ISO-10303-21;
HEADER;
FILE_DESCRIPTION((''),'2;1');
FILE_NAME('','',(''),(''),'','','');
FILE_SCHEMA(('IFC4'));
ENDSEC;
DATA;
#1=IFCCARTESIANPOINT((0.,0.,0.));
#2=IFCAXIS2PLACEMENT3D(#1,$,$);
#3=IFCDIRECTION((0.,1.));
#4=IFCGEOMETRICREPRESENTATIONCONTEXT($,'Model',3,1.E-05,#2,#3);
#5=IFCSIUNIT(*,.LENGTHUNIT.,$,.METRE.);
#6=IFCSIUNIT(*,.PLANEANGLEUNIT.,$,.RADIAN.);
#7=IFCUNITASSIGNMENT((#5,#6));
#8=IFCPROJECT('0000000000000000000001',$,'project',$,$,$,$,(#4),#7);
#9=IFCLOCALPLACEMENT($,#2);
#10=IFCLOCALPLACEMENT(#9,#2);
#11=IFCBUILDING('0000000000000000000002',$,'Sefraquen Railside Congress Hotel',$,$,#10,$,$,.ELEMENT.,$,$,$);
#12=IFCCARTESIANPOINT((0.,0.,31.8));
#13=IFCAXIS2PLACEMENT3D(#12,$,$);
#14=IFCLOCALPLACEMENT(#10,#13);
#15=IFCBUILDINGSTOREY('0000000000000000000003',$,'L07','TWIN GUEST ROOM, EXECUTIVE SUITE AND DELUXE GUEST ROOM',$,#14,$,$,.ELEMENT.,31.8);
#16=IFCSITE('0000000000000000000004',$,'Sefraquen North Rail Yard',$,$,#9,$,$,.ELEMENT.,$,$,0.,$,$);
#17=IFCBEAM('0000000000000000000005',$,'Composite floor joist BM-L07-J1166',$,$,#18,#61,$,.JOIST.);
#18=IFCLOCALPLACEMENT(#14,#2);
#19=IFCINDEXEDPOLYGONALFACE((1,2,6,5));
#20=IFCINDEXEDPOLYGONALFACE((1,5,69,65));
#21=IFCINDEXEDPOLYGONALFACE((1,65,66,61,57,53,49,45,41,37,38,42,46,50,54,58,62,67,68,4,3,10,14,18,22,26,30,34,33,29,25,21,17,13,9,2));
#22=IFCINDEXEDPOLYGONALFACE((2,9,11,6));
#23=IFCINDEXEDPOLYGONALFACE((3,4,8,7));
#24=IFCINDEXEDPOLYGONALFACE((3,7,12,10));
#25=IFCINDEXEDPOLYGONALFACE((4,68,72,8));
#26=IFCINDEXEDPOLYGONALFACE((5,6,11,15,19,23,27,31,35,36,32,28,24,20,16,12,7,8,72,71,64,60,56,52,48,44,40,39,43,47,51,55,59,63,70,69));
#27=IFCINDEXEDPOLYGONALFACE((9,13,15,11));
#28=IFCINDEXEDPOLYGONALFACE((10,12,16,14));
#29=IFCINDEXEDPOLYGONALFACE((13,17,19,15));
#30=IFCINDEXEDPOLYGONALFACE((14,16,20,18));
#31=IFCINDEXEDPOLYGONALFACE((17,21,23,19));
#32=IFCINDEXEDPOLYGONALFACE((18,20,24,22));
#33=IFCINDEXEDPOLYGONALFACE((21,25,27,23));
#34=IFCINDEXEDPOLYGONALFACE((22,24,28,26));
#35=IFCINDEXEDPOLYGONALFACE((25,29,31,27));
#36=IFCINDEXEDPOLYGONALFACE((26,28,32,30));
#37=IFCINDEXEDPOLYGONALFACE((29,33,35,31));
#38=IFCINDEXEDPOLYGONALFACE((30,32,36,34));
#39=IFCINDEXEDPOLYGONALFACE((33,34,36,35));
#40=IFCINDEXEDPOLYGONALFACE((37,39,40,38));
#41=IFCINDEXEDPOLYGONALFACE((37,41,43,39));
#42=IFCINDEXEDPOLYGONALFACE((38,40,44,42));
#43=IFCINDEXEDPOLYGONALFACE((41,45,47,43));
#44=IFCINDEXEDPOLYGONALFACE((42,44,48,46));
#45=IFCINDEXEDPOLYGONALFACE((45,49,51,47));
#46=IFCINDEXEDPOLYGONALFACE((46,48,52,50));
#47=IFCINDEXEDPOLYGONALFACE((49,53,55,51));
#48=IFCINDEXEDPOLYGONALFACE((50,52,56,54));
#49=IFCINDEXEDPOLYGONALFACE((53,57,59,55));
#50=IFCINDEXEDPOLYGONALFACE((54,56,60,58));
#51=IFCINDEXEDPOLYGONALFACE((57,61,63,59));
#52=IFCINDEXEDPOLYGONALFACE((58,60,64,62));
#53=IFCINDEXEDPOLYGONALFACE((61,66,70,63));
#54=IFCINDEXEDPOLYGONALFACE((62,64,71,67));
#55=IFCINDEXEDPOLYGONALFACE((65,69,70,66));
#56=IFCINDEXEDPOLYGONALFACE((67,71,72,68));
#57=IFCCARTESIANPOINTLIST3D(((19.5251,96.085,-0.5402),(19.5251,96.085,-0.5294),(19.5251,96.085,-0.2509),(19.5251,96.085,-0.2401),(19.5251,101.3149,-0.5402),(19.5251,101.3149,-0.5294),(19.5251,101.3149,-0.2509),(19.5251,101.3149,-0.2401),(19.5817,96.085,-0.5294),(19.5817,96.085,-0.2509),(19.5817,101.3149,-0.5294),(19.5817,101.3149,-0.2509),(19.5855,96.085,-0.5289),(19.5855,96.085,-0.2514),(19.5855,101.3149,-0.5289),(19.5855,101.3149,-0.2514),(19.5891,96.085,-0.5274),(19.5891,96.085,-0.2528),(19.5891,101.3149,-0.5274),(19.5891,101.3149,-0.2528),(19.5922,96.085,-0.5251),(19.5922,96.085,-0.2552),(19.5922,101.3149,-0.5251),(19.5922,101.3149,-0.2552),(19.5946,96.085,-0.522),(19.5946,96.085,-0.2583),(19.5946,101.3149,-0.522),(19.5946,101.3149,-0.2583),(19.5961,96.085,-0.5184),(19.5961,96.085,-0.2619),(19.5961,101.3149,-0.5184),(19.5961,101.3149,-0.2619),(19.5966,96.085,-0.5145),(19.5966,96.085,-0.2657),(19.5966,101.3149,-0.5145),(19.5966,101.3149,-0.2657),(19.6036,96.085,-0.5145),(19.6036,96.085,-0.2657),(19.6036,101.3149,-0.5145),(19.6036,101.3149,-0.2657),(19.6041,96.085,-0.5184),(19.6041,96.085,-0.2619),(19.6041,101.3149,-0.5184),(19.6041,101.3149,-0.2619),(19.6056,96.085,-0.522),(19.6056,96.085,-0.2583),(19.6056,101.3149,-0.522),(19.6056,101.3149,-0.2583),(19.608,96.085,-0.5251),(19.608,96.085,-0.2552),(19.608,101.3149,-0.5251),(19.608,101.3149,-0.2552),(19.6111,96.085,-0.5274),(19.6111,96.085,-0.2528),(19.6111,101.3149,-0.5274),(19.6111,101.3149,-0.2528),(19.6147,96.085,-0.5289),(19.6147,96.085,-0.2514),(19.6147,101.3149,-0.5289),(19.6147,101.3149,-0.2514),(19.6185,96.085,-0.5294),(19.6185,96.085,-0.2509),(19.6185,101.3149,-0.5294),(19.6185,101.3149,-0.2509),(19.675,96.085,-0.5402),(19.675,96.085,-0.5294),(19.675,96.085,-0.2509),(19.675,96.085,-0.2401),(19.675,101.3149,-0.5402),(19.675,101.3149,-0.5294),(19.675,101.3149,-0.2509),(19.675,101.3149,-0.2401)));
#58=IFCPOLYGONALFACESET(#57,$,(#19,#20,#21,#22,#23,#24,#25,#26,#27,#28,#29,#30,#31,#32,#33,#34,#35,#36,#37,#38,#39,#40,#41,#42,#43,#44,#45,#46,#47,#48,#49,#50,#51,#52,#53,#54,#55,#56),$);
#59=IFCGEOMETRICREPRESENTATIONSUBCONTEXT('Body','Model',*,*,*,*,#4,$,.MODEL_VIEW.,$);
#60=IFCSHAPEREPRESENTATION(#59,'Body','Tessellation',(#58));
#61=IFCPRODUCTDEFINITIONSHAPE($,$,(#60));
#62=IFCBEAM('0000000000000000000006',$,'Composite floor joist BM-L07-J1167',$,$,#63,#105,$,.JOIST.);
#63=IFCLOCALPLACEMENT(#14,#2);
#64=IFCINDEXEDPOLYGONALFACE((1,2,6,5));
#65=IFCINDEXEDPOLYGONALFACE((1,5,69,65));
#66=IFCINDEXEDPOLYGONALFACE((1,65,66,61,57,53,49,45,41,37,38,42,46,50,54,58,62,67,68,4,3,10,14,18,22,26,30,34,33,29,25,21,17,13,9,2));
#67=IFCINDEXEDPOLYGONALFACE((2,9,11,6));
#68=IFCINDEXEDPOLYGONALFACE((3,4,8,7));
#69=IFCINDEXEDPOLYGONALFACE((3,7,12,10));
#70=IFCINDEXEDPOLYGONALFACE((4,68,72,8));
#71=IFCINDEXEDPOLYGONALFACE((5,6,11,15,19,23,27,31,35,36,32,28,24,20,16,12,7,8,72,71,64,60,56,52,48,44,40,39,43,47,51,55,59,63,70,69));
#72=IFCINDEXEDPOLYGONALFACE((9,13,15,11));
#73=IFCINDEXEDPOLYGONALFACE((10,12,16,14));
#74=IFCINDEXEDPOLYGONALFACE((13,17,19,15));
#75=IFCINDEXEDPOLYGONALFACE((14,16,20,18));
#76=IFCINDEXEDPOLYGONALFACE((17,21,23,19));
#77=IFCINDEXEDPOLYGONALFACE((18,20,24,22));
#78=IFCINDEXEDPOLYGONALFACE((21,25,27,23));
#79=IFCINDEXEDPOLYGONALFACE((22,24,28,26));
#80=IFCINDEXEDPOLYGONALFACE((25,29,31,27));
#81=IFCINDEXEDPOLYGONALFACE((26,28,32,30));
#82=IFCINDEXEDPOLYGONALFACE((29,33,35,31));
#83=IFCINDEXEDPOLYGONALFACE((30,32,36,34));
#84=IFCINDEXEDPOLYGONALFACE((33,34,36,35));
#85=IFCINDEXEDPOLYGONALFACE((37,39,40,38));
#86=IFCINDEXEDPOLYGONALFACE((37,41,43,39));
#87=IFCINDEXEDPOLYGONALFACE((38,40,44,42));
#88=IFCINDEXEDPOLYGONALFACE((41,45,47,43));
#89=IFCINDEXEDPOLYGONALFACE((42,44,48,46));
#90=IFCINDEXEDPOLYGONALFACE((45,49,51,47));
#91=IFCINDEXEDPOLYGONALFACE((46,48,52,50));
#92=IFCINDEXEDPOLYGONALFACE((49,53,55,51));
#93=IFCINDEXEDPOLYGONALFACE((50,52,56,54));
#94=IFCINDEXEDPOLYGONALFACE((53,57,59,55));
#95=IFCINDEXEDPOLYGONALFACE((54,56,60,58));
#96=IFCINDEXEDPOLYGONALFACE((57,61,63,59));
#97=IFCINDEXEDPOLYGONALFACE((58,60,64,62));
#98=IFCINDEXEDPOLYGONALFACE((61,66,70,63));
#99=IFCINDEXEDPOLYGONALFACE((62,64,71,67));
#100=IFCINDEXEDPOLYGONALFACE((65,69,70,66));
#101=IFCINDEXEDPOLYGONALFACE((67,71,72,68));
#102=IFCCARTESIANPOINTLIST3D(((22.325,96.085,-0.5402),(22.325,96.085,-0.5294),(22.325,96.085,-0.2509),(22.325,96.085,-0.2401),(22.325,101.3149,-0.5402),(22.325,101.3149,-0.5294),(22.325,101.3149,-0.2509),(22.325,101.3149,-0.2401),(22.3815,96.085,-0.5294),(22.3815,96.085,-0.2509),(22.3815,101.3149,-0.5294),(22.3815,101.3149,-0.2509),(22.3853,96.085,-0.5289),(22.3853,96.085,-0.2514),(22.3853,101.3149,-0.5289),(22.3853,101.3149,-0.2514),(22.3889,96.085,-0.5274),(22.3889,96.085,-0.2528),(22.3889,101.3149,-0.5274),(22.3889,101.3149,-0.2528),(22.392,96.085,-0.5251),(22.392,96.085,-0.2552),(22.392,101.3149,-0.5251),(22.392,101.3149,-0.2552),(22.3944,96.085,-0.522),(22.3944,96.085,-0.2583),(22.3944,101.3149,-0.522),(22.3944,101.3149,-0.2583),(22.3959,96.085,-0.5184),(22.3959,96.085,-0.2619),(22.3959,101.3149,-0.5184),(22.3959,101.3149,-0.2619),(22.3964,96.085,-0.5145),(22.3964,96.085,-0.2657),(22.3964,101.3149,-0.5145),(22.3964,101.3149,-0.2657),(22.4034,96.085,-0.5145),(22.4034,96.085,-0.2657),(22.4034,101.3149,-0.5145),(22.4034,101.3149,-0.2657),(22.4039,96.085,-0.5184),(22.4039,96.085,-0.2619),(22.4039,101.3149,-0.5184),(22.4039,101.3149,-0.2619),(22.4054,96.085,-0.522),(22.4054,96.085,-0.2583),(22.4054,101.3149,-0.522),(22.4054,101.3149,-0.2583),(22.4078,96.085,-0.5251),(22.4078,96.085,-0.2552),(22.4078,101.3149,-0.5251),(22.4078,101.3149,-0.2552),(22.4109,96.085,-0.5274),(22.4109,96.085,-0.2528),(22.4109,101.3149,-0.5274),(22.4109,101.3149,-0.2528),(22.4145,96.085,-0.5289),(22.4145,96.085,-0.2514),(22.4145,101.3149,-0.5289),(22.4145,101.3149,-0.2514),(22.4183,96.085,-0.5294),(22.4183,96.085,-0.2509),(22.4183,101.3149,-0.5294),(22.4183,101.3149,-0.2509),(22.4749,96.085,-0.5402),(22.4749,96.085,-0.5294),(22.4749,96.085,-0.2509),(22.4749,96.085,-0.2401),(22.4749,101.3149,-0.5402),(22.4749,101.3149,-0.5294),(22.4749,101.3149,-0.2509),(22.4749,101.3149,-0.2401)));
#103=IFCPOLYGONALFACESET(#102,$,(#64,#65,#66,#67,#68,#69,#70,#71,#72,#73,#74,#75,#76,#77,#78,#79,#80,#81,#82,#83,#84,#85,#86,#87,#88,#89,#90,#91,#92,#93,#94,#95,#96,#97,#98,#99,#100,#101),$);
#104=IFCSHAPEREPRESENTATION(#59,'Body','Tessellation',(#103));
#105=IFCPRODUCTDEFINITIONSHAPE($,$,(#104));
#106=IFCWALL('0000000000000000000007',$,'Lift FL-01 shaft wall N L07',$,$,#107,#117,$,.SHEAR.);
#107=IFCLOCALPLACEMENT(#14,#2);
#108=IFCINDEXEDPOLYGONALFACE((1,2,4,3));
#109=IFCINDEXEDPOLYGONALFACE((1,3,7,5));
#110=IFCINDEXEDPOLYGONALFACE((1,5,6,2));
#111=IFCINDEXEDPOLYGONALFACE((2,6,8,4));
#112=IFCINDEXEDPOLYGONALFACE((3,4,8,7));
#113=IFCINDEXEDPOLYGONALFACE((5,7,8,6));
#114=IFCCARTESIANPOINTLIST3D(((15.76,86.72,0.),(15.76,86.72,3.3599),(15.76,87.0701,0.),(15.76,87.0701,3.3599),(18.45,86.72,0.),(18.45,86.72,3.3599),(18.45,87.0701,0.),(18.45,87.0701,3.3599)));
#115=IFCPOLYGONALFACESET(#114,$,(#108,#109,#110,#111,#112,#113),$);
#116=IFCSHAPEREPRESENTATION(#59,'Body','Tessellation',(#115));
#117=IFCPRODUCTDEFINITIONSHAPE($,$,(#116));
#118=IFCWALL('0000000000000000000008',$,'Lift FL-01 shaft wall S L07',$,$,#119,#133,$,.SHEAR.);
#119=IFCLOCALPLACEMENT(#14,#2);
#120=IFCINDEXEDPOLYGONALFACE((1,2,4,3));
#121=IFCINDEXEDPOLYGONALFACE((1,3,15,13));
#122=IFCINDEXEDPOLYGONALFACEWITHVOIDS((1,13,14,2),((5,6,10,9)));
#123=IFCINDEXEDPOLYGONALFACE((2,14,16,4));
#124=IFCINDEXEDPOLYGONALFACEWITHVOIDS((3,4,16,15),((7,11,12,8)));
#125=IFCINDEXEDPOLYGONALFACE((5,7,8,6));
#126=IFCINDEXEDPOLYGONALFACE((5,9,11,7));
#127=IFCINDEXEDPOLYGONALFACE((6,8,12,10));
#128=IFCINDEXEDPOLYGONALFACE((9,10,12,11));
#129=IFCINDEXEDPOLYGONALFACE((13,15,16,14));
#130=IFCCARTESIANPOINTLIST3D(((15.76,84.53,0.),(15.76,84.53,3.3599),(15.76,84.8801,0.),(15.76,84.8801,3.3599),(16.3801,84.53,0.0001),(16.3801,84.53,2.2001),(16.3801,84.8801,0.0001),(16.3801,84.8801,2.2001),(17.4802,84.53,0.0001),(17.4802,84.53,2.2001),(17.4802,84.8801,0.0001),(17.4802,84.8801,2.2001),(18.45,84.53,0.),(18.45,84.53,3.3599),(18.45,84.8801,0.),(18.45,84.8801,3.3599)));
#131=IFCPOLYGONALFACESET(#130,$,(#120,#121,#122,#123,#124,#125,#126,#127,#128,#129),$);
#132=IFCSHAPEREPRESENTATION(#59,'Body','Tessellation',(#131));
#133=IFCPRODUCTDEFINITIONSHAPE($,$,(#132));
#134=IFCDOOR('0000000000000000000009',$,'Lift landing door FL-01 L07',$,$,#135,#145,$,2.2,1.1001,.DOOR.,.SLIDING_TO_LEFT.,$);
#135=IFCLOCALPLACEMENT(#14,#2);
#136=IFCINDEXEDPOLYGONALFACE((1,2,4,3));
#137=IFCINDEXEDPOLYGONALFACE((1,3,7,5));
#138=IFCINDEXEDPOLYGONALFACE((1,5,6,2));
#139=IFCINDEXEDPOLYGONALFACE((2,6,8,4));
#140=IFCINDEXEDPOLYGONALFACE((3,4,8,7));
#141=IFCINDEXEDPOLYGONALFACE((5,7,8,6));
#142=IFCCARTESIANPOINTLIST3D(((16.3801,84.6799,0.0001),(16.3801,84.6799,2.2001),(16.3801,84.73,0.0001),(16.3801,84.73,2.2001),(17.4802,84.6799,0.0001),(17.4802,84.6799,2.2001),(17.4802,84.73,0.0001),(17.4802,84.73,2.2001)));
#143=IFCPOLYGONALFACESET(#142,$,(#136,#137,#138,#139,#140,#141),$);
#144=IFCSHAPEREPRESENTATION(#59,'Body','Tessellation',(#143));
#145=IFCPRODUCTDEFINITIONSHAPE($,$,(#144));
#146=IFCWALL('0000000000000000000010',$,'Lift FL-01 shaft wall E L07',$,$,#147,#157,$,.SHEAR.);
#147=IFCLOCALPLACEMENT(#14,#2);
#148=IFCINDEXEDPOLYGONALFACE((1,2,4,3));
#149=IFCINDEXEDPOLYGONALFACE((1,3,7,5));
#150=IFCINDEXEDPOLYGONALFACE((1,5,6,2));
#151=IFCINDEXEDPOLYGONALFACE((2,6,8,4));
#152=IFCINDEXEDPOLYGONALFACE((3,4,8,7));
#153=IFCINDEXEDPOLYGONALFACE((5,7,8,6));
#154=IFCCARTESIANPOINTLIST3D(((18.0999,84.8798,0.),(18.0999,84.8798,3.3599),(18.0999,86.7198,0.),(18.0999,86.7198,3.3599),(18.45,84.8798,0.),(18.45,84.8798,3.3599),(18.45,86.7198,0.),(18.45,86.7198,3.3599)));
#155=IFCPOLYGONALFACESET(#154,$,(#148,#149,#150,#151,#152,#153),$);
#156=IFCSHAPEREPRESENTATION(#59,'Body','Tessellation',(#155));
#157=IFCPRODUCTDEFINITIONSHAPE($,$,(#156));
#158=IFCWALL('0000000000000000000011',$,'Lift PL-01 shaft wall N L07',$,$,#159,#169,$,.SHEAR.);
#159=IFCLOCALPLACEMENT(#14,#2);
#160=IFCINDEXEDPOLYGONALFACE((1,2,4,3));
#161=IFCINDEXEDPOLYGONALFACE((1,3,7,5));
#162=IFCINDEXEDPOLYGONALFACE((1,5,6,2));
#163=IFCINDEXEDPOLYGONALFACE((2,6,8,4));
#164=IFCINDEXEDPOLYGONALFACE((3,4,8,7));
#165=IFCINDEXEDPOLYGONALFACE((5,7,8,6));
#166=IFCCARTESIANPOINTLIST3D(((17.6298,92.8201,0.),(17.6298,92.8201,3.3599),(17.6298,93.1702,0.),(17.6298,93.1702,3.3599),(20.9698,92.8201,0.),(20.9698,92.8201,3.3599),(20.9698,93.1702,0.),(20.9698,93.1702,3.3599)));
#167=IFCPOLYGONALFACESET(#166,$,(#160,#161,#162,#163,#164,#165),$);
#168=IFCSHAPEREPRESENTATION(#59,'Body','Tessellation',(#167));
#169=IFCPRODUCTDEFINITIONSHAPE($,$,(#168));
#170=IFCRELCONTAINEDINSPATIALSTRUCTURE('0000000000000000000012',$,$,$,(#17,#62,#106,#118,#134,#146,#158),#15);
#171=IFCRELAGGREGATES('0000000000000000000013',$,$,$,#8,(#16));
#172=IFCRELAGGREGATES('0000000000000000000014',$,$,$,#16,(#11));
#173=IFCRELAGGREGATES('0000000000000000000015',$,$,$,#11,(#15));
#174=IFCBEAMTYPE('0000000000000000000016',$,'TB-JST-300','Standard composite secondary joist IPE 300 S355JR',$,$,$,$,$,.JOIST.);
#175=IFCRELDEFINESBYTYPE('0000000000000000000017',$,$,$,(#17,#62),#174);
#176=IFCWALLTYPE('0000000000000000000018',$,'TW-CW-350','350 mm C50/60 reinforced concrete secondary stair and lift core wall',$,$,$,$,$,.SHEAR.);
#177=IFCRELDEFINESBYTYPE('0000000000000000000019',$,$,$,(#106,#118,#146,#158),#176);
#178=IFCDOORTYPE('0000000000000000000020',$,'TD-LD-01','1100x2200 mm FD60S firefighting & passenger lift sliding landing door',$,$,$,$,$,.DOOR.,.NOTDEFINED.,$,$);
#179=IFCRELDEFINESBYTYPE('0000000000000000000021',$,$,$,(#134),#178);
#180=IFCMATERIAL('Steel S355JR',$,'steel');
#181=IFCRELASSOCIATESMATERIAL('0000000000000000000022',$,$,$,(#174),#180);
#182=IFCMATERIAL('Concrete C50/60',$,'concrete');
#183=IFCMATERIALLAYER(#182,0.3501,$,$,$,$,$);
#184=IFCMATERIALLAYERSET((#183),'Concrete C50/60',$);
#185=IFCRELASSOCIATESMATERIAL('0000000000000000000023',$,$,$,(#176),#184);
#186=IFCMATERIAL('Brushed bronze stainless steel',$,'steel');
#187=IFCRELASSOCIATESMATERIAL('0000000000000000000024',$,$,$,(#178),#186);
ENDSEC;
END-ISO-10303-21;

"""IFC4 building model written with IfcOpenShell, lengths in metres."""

from ifc_helpers import new_model, si_unit, direction, frame, frame_2d, origin, origin_2d, place, context, subcontext, project, spatial, rectangle, i_section, extrude, material, layer, layer_set, material_profile, profile_set, type_object, element, fill, save


model = new_model("IFC4")

# Units and contexts
model_context = context("Model", 3, precision=1e-05, world=origin(), true_north=direction((0.0, 1.0)))
body_context = subcontext(model_context, "Body", "Model", "MODEL_VIEW")
ifc_project = project(units=[si_unit("LENGTHUNIT", "METRE"), si_unit("PLANEANGLEUNIT", "RADIAN")], contexts=[model_context])

# Site, building, storey
site_placement = place(None, origin())
site = spatial("IfcSite", under=ifc_project, at=site_placement, Name="Sefraquen North Rail Yard", CompositionType="ELEMENT", RefElevation=0.0)
building_placement = place(site_placement, origin())
building = spatial("IfcBuilding", under=site, at=building_placement, Name="Sefraquen Railside Congress Hotel", CompositionType="ELEMENT")
storey_placement = place(building_placement, frame((0.0, 0.0, 31.8)))
storey = spatial("IfcBuildingStorey", under=building, at=storey_placement, Name="L07", Description="TWIN GUEST ROOM, EXECUTIVE SUITE AND DELUXE GUEST ROOM", CompositionType="ELEMENT", Elevation=31.8)

# Shared definitions
ifc_material_1 = material(Name="Steel S355JR", Category="steel")

# Beams
ifc_material_profile_1 = material_profile(ifc_material_1, i_section(OverallWidth=0.1499, OverallDepth=0.3, WebThickness=0.0071, FlangeThickness=0.0107, FilletRadius=0.0149, at=origin_2d()), Name="IPE 300")
ifc_profile_set_1 = profile_set([ifc_material_profile_1], Name="Steel S355JR")
beam_type_1 = type_object("IfcBeamType", Name="TB-JST-300", Description="Standard composite secondary joist IPE 300 S355JR", PredefinedType="JOIST", material=ifc_profile_set_1)
for number, where, z_axis, x_axis, name in (
    (1, (19.6001, 96.085, -0.3901), (0.0, 1.0, 0.0), (-1.0, 0.0, 0.0), "Composite floor joist BM-L07-J1166"),
    (2, (22.3999, 96.085, -0.3901), (0.0, 1.0, 0.0), (-1.0, 0.0, 0.0), "Composite floor joist BM-L07-J1167"),
):
    element("IfcBeam", number, at=place(storey_placement, frame(where, z_axis=z_axis, x_axis=x_axis)), inside=storey, type_object=beam_type_1, Name=name, PredefinedType="JOIST", context=body_context, shape_type="SweptSolid", body=[
        extrude(i_section(OverallWidth=0.1499, OverallDepth=0.3, WebThickness=0.0071, FlangeThickness=0.0107, FilletRadius=0.0149, at=origin_2d()), origin(), (0.0, 0.0, 1.0), 5.23),
    ])

# Wall
ifc_material_2 = material(Name="Concrete C50/60", Category="concrete")
ifc_layer_1 = layer(ifc_material_2, 0.3501)
ifc_layer_set_1 = layer_set([ifc_layer_1], Name="Concrete C50/60")
wall_type_1 = type_object("IfcWallType", Name="TW-CW-350", Description="350 mm C50/60 reinforced concrete secondary stair and lift core wall", PredefinedType="SHEAR", material=ifc_layer_set_1)
wall_1_placement = place(storey_placement, frame((15.76, 86.895, 0.0), z_axis=(0.0, 0.0, 1.0), x_axis=(1.0, 0.0, 0.0)))
element("IfcWall", 3, at=wall_1_placement, inside=storey, type_object=wall_type_1, Name="Lift FL-01 shaft wall N L07", PredefinedType="SHEAR", context=body_context, shape_type="SweptSolid", body=[
    extrude(rectangle(XDim=2.6899, YDim=0.3501, at=frame_2d((1.345, 0.0))), origin(), (0.0, 0.0, 1.0), 3.3599),
])

# Wall, opening, door
wall_2_placement = place(storey_placement, frame((15.76, 84.7051, 0.0), z_axis=(0.0, 0.0, 1.0), x_axis=(1.0, 0.0, 0.0)))
wall_2 = element("IfcWall", 4, at=wall_2_placement, inside=storey, type_object=wall_type_1, Name="Lift FL-01 shaft wall S L07", PredefinedType="SHEAR", context=body_context, shape_type="SweptSolid", body=[
    extrude(rectangle(XDim=2.6899, YDim=0.3501, at=frame_2d((1.345, 0.0))), origin(), (0.0, 0.0, 1.0), 3.3599),
])
opening_1_placement = place(wall_2_placement, frame((0.6201, 0.0, 0.0)))
opening_1 = element("IfcOpeningElement", 5, at=opening_1_placement, cuts=wall_2, PredefinedType="OPENING", context=body_context, shape_type="SweptSolid", body=[
    extrude(rectangle(XDim=1.1001, YDim=2.2, at=frame_2d((0.55, 1.1001))), frame((0.0, 0.1851, 0.0), z_axis=(0.0, -1.0, 0.0), x_axis=(1.0, 0.0, 0.0)), (0.0, 0.0, 1.0), 0.3701),
])
ifc_material_3 = material(Name="Brushed bronze stainless steel", Category="steel")
door_type_1 = type_object("IfcDoorType", Name="TD-LD-01", Description="1100x2200 mm FD60S firefighting & passenger lift sliding landing door", OperationType="NOTDEFINED", PredefinedType="DOOR", material=ifc_material_3)
door_1_placement = place(opening_1_placement, origin())
door_1 = element("IfcDoor", 6, at=door_1_placement, inside=storey, type_object=door_type_1, Name="Lift landing door FL-01 L07", OperationType="SLIDING_TO_LEFT", OverallHeight=2.2, OverallWidth=1.1001, PredefinedType="DOOR", context=body_context, shape_type="SweptSolid", body=[
    extrude(rectangle(XDim=1.1001, YDim=2.2, at=frame_2d((0.55, 1.1001))), frame((0.0, 0.0249, 0.0), z_axis=(0.0, -1.0, 0.0), x_axis=(1.0, 0.0, 0.0)), (0.0, 0.0, 1.0), 0.05),
])
fill(opening_1, door_1)

# Walls
wall_3_placement = place(storey_placement, frame((18.2749, 84.8799, 0.0), z_axis=(0.0, 0.0, 1.0), x_axis=(0.0, 1.0, 0.0)))
element("IfcWall", 7, at=wall_3_placement, inside=storey, type_object=wall_type_1, Name="Lift FL-01 shaft wall E L07", PredefinedType="SHEAR", context=body_context, shape_type="SweptSolid", body=[
    extrude(rectangle(XDim=1.8401, YDim=0.3501, at=frame_2d((0.9199, 0.0))), origin(), (0.0, 0.0, 1.0), 3.3599),
])
wall_4_placement = place(storey_placement, frame((17.6299, 92.9951, 0.0), z_axis=(0.0, 0.0, 1.0), x_axis=(1.0, 0.0, 0.0)))
element("IfcWall", 8, at=wall_4_placement, inside=storey, type_object=wall_type_1, Name="Lift PL-01 shaft wall N L07", PredefinedType="SHEAR", context=body_context, shape_type="SweptSolid", body=[
    extrude(rectangle(XDim=3.3401, YDim=0.3501, at=frame_2d((1.6699, 0.0))), origin(), (0.0, 0.0, 1.0), 3.3599),
])

save(model, "model.ifc")
